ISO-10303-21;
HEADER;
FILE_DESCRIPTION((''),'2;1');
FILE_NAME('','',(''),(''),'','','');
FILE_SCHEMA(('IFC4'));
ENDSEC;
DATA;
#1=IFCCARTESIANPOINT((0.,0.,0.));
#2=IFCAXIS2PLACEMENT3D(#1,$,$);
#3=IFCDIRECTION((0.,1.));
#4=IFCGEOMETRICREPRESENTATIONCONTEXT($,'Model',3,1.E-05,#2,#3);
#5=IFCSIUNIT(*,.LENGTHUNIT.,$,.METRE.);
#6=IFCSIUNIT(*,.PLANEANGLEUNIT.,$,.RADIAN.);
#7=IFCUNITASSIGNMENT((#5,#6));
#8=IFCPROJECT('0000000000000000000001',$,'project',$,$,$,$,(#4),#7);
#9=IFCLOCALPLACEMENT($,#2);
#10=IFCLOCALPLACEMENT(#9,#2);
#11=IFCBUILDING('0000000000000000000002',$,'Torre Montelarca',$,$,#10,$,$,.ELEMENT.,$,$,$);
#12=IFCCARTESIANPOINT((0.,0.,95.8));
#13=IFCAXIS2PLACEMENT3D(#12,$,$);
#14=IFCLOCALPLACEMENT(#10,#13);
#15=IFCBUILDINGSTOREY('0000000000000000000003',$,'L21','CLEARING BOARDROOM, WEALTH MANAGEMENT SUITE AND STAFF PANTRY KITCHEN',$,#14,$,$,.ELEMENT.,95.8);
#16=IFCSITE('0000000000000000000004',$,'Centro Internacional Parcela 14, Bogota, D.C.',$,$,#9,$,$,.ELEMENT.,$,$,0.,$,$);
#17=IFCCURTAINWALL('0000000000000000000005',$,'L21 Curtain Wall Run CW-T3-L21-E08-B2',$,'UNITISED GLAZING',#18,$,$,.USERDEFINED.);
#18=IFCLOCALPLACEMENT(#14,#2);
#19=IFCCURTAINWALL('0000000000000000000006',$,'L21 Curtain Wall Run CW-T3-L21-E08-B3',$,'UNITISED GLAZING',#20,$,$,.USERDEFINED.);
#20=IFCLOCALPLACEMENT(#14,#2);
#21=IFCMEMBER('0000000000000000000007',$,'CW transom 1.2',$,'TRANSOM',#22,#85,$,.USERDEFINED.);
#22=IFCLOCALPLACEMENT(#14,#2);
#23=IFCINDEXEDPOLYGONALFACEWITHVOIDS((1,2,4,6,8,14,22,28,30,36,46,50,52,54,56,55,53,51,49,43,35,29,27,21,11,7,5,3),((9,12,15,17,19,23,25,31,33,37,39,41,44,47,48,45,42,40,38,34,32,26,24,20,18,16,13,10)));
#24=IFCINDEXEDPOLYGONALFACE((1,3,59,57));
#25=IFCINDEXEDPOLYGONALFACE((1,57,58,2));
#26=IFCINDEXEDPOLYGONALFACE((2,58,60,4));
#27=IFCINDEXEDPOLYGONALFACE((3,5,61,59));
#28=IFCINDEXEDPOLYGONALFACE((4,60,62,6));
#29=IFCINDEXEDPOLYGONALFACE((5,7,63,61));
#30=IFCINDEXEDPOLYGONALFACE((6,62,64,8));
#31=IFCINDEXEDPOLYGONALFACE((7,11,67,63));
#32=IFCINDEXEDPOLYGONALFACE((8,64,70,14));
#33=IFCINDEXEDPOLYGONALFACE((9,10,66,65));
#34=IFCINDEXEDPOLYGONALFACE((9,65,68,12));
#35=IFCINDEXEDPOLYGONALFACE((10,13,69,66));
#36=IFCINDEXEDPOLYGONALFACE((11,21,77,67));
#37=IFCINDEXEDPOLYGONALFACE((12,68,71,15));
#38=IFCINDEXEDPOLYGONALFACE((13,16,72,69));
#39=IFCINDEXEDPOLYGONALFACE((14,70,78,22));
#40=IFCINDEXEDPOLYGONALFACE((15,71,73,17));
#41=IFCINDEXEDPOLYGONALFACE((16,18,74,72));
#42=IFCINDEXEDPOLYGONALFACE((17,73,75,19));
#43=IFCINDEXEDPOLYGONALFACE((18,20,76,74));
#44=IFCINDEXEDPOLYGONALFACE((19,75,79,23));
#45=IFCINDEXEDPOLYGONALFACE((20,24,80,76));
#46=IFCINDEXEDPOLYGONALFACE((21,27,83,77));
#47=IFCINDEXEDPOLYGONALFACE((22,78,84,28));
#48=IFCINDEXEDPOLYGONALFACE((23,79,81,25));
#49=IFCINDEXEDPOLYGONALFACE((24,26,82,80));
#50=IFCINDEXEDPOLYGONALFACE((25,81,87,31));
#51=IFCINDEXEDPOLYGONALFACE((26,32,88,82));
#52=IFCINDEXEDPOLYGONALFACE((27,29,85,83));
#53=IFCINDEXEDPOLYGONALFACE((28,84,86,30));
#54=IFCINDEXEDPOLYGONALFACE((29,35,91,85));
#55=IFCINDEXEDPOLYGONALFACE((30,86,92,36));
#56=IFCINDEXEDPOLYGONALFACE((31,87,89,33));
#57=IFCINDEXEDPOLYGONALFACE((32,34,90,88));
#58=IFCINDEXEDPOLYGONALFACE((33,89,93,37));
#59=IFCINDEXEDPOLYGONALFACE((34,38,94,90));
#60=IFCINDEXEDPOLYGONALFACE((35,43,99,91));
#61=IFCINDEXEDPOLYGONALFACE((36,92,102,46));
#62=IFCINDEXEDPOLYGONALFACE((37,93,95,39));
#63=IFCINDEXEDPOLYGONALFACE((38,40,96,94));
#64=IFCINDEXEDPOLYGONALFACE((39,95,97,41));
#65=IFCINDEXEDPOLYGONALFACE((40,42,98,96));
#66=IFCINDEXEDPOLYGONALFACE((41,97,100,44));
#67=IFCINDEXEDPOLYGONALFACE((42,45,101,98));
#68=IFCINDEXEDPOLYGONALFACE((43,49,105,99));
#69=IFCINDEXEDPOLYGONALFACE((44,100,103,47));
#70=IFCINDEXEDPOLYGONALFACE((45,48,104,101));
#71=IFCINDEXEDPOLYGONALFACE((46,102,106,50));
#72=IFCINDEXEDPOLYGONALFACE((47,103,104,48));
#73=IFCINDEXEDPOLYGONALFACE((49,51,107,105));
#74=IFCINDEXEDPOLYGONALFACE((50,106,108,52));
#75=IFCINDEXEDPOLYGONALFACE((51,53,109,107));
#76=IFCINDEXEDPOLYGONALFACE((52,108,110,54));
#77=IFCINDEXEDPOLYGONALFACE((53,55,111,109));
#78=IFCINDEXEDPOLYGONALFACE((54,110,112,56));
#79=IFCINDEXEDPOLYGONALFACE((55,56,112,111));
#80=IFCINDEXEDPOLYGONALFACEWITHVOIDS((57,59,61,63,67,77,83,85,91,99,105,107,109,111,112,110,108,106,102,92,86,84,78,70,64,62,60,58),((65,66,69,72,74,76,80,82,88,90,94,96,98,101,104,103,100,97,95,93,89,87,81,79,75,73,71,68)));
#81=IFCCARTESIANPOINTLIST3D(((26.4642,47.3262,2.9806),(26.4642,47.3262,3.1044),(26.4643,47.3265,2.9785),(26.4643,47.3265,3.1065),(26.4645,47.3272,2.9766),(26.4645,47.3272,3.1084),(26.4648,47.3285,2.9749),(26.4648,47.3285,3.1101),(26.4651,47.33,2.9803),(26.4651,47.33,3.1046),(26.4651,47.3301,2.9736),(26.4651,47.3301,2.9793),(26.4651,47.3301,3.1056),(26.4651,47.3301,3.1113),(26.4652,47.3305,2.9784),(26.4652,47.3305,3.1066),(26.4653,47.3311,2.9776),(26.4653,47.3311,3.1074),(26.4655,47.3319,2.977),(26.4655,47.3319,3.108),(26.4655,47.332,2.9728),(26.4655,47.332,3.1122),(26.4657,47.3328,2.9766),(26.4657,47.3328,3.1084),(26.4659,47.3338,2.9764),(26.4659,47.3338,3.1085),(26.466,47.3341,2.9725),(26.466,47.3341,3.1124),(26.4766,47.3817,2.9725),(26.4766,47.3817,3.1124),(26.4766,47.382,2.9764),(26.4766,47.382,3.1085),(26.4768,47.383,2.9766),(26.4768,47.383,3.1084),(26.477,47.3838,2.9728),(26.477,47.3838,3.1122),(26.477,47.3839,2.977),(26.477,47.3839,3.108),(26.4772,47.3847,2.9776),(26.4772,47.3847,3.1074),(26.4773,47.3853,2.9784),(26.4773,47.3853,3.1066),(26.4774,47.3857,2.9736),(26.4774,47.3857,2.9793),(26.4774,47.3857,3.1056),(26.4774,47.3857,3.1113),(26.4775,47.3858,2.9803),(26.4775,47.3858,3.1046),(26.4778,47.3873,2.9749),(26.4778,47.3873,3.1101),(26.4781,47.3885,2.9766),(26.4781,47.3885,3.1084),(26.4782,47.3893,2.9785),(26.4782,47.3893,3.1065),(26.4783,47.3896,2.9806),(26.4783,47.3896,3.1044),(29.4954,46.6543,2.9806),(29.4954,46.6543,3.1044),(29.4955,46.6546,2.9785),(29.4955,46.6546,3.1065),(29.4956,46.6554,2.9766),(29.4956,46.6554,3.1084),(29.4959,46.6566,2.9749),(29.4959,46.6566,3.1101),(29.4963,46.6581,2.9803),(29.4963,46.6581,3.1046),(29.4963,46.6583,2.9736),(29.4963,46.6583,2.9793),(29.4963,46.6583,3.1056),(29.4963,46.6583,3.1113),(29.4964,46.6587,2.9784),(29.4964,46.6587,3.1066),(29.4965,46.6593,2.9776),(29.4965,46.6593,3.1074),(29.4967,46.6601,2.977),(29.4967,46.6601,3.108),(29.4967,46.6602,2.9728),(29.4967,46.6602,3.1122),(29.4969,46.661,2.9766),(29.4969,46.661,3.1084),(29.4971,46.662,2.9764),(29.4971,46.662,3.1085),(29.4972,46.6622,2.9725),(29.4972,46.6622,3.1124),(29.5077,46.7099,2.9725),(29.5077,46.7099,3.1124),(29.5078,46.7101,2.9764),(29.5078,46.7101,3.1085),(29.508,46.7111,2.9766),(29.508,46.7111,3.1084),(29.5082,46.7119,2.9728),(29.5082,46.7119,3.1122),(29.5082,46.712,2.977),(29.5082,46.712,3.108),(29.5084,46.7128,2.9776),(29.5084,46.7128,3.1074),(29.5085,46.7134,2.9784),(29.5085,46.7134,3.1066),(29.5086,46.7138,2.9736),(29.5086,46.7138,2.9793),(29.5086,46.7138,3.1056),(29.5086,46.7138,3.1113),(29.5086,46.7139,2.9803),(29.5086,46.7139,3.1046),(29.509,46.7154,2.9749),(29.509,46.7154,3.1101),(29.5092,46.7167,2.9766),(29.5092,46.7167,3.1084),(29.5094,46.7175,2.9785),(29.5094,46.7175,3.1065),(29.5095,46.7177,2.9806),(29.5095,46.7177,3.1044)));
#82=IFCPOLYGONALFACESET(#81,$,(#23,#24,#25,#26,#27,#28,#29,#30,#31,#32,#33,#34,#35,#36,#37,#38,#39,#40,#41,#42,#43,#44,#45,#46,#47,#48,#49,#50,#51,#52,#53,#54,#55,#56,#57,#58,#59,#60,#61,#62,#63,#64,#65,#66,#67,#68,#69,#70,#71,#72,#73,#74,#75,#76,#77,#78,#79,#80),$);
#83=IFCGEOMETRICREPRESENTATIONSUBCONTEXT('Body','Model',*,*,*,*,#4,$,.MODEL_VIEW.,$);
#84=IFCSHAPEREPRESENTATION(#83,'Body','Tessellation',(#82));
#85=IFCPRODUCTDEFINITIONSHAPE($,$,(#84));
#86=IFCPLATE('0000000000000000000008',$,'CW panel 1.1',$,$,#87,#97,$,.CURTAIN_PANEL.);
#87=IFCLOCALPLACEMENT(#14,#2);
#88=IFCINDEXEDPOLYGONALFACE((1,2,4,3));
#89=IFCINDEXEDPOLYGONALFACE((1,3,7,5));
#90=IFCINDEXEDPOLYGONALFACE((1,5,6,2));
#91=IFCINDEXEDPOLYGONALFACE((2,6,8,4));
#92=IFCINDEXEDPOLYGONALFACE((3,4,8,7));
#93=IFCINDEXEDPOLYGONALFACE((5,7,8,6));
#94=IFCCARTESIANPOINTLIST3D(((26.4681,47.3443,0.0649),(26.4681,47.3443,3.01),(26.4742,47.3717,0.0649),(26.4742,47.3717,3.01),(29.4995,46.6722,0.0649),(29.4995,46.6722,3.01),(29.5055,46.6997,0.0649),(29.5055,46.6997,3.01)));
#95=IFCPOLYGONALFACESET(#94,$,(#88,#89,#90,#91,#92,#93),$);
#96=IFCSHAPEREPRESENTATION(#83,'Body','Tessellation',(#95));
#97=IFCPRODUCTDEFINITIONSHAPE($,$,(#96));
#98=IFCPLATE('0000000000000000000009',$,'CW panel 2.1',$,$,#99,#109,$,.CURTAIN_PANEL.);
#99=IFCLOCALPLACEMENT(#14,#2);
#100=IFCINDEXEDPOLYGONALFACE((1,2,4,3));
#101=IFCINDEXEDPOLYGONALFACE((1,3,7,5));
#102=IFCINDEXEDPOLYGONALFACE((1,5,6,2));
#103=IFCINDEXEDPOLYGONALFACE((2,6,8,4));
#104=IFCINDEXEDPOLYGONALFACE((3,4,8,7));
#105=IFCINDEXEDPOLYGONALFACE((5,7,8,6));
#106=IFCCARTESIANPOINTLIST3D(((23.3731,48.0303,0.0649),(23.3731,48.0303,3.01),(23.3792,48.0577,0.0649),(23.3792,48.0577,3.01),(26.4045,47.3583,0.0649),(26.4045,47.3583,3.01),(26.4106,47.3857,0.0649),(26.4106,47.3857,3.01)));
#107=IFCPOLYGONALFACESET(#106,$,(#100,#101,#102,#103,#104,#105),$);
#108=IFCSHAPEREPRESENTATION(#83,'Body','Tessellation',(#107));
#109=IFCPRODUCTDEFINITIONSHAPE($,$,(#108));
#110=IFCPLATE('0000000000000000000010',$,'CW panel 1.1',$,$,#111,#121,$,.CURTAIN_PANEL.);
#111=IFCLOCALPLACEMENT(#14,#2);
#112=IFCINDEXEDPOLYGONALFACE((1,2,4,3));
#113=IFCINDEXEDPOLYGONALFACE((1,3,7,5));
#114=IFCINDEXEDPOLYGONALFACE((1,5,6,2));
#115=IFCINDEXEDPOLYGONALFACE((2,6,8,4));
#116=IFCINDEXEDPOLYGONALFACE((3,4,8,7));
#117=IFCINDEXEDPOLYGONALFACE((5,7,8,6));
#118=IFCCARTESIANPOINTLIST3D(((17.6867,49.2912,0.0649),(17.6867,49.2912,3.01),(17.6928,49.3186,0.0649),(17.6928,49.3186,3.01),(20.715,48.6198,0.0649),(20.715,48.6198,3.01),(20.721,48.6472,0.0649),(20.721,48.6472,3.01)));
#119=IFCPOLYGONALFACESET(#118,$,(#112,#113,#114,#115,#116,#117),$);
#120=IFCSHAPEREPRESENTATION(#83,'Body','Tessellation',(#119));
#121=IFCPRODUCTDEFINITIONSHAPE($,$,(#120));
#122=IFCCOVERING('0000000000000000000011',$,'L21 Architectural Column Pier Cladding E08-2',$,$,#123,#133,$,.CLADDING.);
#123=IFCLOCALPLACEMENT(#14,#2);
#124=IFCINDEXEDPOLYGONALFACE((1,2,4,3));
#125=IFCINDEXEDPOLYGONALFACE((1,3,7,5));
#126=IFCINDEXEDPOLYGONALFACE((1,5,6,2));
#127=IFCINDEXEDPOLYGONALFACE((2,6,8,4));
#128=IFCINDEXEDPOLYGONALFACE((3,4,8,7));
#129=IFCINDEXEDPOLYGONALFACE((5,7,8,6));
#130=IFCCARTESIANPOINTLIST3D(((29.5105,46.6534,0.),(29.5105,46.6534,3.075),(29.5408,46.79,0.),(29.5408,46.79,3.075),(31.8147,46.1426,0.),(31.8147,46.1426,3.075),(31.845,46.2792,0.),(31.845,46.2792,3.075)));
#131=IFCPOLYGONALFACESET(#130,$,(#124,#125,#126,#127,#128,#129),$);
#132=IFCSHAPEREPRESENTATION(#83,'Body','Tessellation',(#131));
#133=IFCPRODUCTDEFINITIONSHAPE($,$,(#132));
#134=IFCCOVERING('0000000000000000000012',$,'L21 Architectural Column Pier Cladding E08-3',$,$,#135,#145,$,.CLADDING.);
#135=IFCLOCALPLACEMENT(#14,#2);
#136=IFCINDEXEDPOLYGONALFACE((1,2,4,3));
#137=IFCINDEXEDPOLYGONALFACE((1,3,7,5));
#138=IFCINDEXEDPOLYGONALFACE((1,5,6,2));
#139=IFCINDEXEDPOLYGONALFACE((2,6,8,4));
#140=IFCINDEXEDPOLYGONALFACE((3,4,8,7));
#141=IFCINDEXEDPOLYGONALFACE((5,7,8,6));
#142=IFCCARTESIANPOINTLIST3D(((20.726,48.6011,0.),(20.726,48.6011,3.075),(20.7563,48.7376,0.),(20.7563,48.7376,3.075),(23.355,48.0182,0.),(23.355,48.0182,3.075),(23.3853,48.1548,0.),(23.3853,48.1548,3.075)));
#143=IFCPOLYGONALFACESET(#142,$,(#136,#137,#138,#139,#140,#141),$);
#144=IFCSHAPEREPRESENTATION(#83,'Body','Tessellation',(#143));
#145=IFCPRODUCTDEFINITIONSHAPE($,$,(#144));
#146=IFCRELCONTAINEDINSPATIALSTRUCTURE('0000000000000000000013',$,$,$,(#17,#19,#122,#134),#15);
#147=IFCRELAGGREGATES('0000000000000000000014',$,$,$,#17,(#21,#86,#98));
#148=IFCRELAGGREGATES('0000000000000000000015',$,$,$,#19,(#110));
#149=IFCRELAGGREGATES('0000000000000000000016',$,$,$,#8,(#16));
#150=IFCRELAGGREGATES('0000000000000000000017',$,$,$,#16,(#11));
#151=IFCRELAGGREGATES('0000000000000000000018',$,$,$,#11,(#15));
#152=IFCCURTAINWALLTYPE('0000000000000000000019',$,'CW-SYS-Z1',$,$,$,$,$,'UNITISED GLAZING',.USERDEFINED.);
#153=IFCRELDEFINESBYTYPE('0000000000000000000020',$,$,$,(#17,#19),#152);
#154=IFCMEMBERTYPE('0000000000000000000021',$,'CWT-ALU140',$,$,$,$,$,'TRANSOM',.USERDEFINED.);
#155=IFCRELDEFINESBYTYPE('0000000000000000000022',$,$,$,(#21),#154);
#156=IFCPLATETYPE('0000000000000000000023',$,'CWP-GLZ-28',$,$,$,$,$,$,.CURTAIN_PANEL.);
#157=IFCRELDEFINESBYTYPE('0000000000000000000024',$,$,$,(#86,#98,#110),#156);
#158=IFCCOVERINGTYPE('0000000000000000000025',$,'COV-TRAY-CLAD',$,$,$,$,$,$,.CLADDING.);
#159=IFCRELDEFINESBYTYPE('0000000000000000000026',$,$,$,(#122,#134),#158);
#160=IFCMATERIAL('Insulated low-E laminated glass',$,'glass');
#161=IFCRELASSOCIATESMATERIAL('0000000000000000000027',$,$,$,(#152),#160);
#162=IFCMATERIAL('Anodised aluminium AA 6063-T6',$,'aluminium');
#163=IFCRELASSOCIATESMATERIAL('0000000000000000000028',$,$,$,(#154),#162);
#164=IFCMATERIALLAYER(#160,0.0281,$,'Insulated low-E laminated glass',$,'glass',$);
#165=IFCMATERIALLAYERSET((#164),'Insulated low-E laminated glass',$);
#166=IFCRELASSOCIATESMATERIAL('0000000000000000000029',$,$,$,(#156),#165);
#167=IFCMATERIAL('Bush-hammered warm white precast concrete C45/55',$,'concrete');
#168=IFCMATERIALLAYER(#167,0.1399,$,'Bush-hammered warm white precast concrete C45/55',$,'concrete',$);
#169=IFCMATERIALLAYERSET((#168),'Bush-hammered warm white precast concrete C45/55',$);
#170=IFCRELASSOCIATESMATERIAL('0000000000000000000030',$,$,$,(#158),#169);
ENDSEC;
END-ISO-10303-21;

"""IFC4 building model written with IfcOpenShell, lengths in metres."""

from ifc_helpers import new_model, si_unit, direction, frame, origin, origin_2d, place, context, subcontext, project, spatial, rectangle, hollow_rectangle, extrude, source, transform, mapped, material, layer, layer_set, material_profile, profile_set, type_object, element, aggregate, save


model = new_model("IFC4")

# Units and contexts
model_context = context("Model", 3, precision=1e-05, world=origin(), true_north=direction((0.0, 1.0)))
body_context = subcontext(model_context, "Body", "Model", "MODEL_VIEW")
ifc_project = project(units=[si_unit("LENGTHUNIT", "METRE"), si_unit("PLANEANGLEUNIT", "RADIAN")], contexts=[model_context])

# Site, building, storey
site_placement = place(None, origin())
site = spatial("IfcSite", under=ifc_project, at=site_placement, Name="Centro Internacional Parcela 14, Bogota, D.C.", CompositionType="ELEMENT", RefElevation=0.0)
building_placement = place(site_placement, origin())
building = spatial("IfcBuilding", under=site, at=building_placement, Name="Torre Montelarca", CompositionType="ELEMENT")
storey_placement = place(building_placement, frame((0.0, 0.0, 95.8)))
storey = spatial("IfcBuildingStorey", under=building, at=storey_placement, Name="L21", Description="CLEARING BOARDROOM, WEALTH MANAGEMENT SUITE AND STAFF PANTRY KITCHEN", CompositionType="ELEMENT", Elevation=95.8)

# Curtain walls
ifc_material_1 = material(Name="Insulated low-E laminated glass", Category="glass")
curtain_wall_type = type_object("IfcCurtainWallType", Name="CW-SYS-Z1", ElementType="UNITISED GLAZING", PredefinedType="USERDEFINED", material=ifc_material_1)
curtain_wall_1_placement = place(storey_placement, origin())
curtain_wall_1 = element("IfcCurtainWall", 1, at=curtain_wall_1_placement, inside=storey, type_object=curtain_wall_type, Name="L21 Curtain Wall Run CW-T3-L21-E08-B2", ObjectType="UNITISED GLAZING", PredefinedType="USERDEFINED")
ifc_material_2 = material(Name="Anodised aluminium AA 6063-T6", Category="aluminium")
ifc_material_profile_1 = material_profile(ifc_material_2, hollow_rectangle(XDim=0.0649, YDim=0.1399, WallThickness=0.0039, InnerFilletRadius=0.0039, OuterFilletRadius=0.0081, at=origin_2d()), Name="ALU65X140X4", Category="aluminium")
ifc_profile_set_1 = profile_set([ifc_material_profile_1], Name="Anodised aluminium AA 6063-T6")
member_type_1 = type_object("IfcMemberType", Name="CWT-ALU140", ElementType="TRANSOM", PredefinedType="USERDEFINED", material=ifc_profile_set_1)
curtain_wall_2_placement = place(storey_placement, origin())
curtain_wall_2 = element("IfcCurtainWall", 2, at=curtain_wall_2_placement, inside=storey, type_object=curtain_wall_type, Name="L21 Curtain Wall Run CW-T3-L21-E08-B3", ObjectType="UNITISED GLAZING", PredefinedType="USERDEFINED")

# Member
shared_shape_1 = source(origin(), body_context, "Body", "SweptSolid", [
    extrude(hollow_rectangle(XDim=0.0649, YDim=0.1399, WallThickness=0.0039, InnerFilletRadius=0.0039, OuterFilletRadius=0.0081, at=origin_2d()), origin(), (0.0, 0.0, 1.0), 3.1047),
])
member_1_placement = place(storey_placement, frame((29.5024, 46.686, 3.0425), z_axis=(-0.976305, 0.216398, 0.0), x_axis=(-0.216398, -0.976305, 0.0)))
member_1 = element("IfcMember", 3, at=member_1_placement, type_object=member_type_1, Name="CW transom 1.2", ObjectType="TRANSOM", PredefinedType="USERDEFINED", context=body_context, shape_type="MappedRepresentation", body=[
    mapped(shared_shape_1, transform((0.0, 0.0, 0.0), scale=1.0)),
])

# Plates
ifc_layer_1 = layer(ifc_material_1, 0.0281, Name="Insulated low-E laminated glass", Category="glass")
ifc_layer_set_1 = layer_set([ifc_layer_1], Name="Insulated low-E laminated glass")
plate_type = type_object("IfcPlateType", Name="CWP-GLZ-28", PredefinedType="CURTAIN_PANEL", material=ifc_layer_set_1)
shared_shape_2 = source(origin(), body_context, "Body", "SweptSolid", [
    extrude(rectangle(XDim=3.105, YDim=0.0281, at=origin_2d()), origin(), (0.0, 0.0, 1.0), 2.9451),
])
plate_1_placement = place(storey_placement, frame((27.9868, 47.022, 0.0649), z_axis=(0.0, 0.0, 1.0), x_axis=(-0.976295, 0.216443, 0.0)))
plate_1 = element("IfcPlate", 4, at=plate_1_placement, type_object=plate_type, Name="CW panel 1.1", PredefinedType="CURTAIN_PANEL", context=body_context, shape_type="MappedRepresentation", body=[
    mapped(shared_shape_2, transform((0.0, 0.0, 0.0), scale=1.0)),
])
plate_2_placement = place(storey_placement, frame((24.8918, 47.708, 0.0649), z_axis=(0.0, 0.0, 1.0), x_axis=(-0.976295, 0.216443, 0.0)))
plate_2 = element("IfcPlate", 5, at=plate_2_placement, type_object=plate_type, Name="CW panel 2.1", PredefinedType="CURTAIN_PANEL", context=body_context, shape_type="MappedRepresentation", body=[
    mapped(shared_shape_2, transform((0.0, 0.0, 0.0), scale=1.0)),
])
aggregate(curtain_wall_1, [member_1, plate_1, plate_2])
shared_shape_3 = source(origin(), body_context, "Body", "SweptSolid", [
    extrude(rectangle(XDim=3.1018, YDim=0.0281, at=origin_2d()), origin(), (0.0, 0.0, 1.0), 2.9451),
])
plate_3_placement = place(storey_placement, frame((19.2039, 48.9692, 0.0649), z_axis=(0.0, 0.0, 1.0), x_axis=(-0.976294, 0.216451, 0.0)))
plate_3 = element("IfcPlate", 6, at=plate_3_placement, type_object=plate_type, Name="CW panel 1.1", PredefinedType="CURTAIN_PANEL", context=body_context, shape_type="MappedRepresentation", body=[
    mapped(shared_shape_3, transform((0.0, 0.0, 0.0), scale=1.0)),
])
aggregate(curtain_wall_2, [plate_3])

# Coverings
ifc_material_3 = material(Name="Bush-hammered warm white precast concrete C45/55", Category="concrete")
ifc_layer_2 = layer(ifc_material_3, 0.1399, Name="Bush-hammered warm white precast concrete C45/55", Category="concrete")
ifc_layer_set_2 = layer_set([ifc_layer_2], Name="Bush-hammered warm white precast concrete C45/55")
covering_type = type_object("IfcCoveringType", Name="COV-TRAY-CLAD", PredefinedType="CLADDING", material=ifc_layer_set_2)
shared_shape_4 = source(origin(), body_context, "Body", "SweptSolid", [
    extrude(rectangle(XDim=2.3601, YDim=0.1399, at=origin_2d()), origin(), (0.0, 0.0, 1.0), 3.075),
])
covering_1_placement = place(storey_placement, frame((30.6777, 46.4663, 0.0), z_axis=(0.0, 0.0, 1.0), x_axis=(-0.976296, 0.21644, 0.0)))
element("IfcCovering", 7, at=covering_1_placement, inside=storey, type_object=covering_type, Name="L21 Architectural Column Pier Cladding E08-2", PredefinedType="CLADDING", context=body_context, shape_type="MappedRepresentation", body=[
    mapped(shared_shape_4, transform((0.0, 0.0, 0.0), scale=1.0)),
])
shared_shape_5 = source(origin(), body_context, "Body", "SweptSolid", [
    extrude(rectangle(XDim=2.6929, YDim=0.1399, at=origin_2d()), origin(), (0.0, 0.0, 1.0), 3.075),
])
covering_2_placement = place(storey_placement, frame((22.0557, 48.3779, 0.0), z_axis=(0.0, 0.0, 1.0), x_axis=(-0.976296, 0.21644, 0.0)))
element("IfcCovering", 8, at=covering_2_placement, inside=storey, type_object=covering_type, Name="L21 Architectural Column Pier Cladding E08-3", PredefinedType="CLADDING", context=body_context, shape_type="MappedRepresentation", body=[
    mapped(shared_shape_5, transform((0.0, 0.0, 0.0), scale=1.0)),
])

save(model, "model.ifc")
